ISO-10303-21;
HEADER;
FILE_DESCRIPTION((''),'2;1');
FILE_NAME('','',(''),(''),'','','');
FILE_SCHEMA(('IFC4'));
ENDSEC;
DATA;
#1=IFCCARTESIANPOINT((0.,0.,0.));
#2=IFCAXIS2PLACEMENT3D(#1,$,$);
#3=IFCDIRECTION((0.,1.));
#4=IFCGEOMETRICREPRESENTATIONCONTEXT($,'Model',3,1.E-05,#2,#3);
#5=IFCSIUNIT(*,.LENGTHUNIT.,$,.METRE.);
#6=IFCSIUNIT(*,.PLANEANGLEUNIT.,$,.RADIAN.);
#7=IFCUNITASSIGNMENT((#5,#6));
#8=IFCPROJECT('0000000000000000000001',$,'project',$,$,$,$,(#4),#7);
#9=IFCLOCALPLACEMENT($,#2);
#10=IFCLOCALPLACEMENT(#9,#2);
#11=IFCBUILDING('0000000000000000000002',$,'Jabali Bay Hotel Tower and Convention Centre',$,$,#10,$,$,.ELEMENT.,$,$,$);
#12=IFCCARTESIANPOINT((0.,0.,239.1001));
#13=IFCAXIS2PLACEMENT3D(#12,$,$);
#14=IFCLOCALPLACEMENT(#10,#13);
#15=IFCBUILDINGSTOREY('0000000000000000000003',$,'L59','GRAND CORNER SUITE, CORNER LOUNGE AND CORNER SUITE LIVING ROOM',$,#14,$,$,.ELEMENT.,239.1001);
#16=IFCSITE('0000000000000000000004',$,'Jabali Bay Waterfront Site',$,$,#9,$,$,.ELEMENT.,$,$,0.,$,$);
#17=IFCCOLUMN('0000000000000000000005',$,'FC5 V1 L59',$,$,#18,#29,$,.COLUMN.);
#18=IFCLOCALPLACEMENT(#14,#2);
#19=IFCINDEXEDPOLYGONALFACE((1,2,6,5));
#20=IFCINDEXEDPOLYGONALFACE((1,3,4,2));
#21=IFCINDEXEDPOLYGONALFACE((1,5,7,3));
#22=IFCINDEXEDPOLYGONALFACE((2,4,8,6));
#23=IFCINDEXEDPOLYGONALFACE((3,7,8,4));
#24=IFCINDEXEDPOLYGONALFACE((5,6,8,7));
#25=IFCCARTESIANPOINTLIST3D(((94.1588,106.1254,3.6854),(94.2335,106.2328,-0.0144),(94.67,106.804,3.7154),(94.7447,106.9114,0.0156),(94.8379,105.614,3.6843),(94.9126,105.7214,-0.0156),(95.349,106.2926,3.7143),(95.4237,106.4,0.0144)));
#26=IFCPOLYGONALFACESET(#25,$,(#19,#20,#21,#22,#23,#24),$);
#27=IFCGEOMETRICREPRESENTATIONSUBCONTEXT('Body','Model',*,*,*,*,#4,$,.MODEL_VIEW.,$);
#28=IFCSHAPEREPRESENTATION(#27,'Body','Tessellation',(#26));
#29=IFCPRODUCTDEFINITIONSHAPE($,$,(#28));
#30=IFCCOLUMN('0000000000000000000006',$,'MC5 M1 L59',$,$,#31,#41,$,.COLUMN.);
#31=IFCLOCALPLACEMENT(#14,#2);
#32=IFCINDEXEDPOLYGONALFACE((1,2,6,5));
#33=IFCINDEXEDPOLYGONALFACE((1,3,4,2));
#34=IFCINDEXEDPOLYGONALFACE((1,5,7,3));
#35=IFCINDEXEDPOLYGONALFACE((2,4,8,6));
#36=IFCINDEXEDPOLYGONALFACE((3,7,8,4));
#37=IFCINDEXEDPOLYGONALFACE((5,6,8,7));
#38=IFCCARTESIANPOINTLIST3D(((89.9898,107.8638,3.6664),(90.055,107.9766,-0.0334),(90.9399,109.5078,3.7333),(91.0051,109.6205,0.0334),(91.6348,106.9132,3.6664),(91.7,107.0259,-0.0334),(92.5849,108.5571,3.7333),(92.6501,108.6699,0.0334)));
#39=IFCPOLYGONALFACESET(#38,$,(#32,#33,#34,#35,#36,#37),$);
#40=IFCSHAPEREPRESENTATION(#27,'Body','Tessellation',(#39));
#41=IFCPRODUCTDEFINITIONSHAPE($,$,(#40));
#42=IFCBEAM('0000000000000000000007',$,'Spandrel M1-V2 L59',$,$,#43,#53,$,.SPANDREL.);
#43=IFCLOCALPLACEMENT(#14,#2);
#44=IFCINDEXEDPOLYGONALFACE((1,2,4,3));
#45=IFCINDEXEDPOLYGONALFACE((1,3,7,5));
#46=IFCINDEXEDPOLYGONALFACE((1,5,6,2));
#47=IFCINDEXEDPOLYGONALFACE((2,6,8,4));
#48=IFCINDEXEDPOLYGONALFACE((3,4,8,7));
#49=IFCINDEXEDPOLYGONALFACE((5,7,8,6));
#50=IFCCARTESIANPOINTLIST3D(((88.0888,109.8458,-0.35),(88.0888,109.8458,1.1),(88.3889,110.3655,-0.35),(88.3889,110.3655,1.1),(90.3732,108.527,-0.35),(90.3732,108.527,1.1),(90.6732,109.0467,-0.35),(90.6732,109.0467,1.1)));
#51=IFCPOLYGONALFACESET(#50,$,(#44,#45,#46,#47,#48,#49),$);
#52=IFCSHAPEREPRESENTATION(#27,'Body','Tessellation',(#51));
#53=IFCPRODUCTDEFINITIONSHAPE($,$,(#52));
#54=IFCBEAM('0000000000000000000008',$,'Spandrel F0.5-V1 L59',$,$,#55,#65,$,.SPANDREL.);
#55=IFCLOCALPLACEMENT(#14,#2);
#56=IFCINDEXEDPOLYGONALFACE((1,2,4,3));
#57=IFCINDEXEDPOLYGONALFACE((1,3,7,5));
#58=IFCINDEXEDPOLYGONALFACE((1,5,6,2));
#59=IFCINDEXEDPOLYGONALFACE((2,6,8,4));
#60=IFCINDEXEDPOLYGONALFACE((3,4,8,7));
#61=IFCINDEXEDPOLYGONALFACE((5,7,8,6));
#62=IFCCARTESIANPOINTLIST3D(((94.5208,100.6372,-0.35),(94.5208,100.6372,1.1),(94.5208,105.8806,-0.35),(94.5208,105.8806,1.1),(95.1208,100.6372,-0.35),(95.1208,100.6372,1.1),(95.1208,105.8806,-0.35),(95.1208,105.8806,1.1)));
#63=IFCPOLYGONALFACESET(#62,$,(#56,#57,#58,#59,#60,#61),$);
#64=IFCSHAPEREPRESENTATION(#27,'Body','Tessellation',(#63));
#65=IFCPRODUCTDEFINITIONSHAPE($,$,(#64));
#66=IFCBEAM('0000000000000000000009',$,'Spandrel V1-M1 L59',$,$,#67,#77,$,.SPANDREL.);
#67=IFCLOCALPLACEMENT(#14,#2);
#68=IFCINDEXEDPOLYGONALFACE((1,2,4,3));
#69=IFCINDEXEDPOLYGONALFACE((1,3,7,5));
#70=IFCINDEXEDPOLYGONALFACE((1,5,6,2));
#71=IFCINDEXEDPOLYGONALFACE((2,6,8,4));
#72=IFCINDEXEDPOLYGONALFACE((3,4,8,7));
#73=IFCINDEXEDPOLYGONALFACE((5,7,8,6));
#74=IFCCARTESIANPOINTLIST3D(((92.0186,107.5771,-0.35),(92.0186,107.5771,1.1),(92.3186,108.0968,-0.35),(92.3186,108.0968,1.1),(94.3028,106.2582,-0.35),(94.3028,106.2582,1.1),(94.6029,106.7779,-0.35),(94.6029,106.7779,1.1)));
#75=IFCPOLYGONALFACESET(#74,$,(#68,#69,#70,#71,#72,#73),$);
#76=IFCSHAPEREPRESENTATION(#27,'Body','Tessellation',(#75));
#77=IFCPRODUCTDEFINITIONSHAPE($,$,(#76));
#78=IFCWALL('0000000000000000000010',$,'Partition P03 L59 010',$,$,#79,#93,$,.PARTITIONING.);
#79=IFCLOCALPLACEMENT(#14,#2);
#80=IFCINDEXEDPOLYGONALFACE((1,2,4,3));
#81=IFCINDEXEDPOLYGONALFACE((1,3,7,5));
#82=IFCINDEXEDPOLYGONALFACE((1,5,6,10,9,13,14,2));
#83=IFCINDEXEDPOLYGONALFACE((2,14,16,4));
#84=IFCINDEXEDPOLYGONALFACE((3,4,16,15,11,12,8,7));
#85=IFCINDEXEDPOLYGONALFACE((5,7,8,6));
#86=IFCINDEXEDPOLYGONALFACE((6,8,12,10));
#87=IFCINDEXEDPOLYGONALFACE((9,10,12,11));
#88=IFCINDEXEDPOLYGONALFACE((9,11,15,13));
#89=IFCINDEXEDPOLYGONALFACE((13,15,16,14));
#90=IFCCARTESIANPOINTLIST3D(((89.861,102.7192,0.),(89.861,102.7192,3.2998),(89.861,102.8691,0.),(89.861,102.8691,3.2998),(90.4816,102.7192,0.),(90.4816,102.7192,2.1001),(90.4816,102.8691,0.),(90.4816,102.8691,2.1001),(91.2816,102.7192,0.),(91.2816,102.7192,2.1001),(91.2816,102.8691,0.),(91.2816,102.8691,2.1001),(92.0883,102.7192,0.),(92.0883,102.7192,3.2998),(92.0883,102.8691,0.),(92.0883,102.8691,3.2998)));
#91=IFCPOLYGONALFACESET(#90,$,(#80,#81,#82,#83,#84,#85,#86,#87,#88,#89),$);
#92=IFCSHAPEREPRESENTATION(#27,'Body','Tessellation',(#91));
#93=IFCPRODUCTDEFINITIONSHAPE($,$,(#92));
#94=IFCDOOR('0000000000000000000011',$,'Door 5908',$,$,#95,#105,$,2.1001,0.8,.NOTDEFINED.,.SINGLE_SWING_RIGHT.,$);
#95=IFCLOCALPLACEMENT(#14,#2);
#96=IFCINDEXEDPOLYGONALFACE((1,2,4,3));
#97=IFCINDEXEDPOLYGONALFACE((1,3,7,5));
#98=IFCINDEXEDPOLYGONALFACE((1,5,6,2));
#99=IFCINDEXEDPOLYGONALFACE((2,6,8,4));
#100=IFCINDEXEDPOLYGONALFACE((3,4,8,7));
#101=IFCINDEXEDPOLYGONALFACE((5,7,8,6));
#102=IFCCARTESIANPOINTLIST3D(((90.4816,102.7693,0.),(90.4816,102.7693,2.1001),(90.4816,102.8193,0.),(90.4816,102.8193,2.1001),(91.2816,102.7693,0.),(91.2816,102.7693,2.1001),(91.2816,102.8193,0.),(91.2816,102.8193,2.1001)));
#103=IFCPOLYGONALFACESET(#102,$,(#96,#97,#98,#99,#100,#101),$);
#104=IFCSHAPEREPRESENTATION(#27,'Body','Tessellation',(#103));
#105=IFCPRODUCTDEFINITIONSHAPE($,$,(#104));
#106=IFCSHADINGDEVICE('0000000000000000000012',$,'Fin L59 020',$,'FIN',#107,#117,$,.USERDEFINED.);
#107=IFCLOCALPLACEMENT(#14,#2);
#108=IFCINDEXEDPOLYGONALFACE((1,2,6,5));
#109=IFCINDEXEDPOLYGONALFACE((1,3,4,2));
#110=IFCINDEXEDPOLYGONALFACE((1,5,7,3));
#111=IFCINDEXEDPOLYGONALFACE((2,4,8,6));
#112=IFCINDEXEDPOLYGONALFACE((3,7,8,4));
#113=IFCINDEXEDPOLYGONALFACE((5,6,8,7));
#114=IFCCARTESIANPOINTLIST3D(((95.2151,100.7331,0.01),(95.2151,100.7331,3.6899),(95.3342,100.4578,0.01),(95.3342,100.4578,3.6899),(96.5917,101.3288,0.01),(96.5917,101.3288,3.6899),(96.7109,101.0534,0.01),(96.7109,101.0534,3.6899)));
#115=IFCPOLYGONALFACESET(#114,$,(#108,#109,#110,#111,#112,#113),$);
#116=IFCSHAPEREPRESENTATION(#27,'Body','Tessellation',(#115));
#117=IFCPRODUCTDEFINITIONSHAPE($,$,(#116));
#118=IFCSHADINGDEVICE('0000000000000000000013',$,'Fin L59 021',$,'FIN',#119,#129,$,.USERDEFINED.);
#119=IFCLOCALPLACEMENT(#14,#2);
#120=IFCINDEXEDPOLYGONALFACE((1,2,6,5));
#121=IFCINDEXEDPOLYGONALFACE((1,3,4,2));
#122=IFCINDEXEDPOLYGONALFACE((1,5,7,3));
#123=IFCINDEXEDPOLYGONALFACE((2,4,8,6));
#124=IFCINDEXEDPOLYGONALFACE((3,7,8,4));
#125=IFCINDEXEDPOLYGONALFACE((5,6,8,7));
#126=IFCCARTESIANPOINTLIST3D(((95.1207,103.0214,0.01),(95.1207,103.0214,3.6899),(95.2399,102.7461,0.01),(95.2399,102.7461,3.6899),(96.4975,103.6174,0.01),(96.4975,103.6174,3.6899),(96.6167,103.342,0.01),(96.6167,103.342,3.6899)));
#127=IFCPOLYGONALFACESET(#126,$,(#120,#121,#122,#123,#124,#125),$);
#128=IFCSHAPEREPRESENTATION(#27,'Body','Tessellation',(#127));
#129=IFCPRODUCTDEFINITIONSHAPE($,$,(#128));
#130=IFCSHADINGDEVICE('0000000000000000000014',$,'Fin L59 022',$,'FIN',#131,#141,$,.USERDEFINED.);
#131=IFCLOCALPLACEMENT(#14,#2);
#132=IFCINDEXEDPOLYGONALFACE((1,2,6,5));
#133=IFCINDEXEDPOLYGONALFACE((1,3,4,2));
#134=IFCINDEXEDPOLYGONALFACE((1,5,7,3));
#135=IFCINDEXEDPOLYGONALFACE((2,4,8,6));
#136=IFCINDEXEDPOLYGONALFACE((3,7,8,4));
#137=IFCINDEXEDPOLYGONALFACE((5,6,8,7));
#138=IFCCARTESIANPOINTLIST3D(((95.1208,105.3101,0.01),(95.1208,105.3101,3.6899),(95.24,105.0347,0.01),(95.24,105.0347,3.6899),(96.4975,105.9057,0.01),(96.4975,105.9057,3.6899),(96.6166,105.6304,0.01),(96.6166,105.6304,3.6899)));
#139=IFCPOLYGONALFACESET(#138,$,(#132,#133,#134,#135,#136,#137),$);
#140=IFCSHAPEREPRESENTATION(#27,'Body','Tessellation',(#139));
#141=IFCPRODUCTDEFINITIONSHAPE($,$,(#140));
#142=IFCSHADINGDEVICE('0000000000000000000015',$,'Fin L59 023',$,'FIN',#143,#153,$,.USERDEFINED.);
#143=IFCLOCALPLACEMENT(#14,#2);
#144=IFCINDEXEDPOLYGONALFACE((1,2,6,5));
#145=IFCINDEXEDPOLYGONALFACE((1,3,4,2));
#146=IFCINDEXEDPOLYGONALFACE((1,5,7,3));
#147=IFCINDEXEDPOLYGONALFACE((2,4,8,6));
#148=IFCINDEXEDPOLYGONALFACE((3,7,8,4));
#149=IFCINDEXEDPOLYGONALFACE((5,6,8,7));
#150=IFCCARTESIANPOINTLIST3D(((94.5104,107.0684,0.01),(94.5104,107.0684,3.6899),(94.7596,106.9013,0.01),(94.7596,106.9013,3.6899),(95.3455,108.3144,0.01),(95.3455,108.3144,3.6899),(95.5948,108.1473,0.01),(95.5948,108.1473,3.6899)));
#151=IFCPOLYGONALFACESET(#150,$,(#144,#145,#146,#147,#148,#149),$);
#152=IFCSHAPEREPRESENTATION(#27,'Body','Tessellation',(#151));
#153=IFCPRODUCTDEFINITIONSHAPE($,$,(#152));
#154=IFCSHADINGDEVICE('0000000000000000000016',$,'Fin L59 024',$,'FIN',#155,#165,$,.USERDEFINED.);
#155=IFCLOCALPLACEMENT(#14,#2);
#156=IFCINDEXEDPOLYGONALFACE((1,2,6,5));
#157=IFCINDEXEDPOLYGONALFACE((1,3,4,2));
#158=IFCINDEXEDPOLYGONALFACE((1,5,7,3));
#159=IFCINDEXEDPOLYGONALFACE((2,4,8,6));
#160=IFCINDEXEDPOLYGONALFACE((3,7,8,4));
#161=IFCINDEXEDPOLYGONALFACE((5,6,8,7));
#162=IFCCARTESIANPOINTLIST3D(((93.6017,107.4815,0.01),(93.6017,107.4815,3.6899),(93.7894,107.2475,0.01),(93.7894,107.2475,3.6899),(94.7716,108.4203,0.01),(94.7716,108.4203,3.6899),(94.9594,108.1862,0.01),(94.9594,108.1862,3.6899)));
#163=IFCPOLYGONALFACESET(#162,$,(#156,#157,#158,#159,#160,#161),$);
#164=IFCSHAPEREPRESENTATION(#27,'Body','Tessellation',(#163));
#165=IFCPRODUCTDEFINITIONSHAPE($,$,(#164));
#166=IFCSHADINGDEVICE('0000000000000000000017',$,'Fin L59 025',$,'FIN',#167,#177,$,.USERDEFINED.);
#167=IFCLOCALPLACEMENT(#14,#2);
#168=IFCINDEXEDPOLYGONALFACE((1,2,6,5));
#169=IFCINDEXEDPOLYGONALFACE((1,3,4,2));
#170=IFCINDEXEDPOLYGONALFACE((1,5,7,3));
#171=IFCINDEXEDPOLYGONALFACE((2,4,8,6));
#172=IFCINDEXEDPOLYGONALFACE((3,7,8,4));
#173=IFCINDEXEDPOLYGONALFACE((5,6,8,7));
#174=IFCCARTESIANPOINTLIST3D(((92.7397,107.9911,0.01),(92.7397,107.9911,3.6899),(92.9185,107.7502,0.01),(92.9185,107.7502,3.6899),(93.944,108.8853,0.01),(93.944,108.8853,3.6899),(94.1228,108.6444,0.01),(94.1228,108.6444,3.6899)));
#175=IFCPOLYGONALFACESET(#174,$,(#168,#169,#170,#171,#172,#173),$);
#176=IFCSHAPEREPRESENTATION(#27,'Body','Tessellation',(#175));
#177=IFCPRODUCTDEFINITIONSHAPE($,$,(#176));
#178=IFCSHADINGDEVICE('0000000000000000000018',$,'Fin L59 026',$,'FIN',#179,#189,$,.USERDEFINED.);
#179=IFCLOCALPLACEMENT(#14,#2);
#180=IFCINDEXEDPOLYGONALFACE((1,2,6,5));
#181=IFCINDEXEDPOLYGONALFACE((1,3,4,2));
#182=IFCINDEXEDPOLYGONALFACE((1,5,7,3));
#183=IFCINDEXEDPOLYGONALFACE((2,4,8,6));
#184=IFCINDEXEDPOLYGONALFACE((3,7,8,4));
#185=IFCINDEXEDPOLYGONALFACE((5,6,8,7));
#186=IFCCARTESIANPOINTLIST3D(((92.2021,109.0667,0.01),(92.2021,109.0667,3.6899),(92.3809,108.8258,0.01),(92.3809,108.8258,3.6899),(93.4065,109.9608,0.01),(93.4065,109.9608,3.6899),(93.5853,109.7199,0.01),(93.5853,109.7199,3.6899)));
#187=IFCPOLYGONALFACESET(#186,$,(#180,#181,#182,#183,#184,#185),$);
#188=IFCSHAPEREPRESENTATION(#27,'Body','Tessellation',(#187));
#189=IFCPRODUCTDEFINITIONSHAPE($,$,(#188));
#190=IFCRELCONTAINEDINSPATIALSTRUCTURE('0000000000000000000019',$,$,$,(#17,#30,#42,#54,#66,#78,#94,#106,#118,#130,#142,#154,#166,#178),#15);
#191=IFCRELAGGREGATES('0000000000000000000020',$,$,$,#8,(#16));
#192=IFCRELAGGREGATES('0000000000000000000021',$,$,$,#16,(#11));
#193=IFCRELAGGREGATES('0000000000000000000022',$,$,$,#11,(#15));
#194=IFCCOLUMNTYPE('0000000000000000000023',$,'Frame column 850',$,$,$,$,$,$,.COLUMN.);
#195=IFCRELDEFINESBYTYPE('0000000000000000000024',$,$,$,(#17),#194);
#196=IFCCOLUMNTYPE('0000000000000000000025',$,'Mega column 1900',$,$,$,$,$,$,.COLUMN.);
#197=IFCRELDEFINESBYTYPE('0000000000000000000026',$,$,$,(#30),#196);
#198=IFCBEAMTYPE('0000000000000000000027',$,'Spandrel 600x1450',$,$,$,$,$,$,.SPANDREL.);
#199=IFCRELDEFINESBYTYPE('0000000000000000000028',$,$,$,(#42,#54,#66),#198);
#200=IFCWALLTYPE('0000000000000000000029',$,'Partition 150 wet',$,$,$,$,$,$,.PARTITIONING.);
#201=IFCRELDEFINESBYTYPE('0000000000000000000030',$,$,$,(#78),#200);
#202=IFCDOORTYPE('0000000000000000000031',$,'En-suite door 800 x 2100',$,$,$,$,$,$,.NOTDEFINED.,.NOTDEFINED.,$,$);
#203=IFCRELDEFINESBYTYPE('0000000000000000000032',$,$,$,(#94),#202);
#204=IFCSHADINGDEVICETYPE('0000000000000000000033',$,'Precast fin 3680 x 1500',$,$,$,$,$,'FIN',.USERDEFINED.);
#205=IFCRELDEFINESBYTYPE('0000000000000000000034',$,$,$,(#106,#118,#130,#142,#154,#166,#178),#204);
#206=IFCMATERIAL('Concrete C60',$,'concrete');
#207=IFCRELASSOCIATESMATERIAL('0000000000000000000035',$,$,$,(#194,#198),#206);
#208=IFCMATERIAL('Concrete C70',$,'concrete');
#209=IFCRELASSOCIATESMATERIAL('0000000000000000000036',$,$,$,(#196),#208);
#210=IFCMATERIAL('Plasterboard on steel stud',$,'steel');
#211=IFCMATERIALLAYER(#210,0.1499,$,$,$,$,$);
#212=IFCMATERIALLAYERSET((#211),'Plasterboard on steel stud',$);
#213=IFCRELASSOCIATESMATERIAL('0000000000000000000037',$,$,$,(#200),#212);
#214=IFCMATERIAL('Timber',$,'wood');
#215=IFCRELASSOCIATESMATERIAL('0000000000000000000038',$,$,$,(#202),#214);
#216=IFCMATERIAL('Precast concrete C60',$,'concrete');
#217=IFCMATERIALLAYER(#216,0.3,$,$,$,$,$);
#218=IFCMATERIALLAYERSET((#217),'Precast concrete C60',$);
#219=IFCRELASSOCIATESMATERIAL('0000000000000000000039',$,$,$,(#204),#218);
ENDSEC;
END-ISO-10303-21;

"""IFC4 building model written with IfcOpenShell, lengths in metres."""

from ifc_helpers import new_model, si_unit, direction, frame, frame_2d, origin, origin_2d, place, context, subcontext, project, spatial, rectangle, extrude, material, layer, layer_set, material_profile, profile_set, type_object, element, fill, save


model = new_model("IFC4")

# Units and contexts
model_context = context("Model", 3, precision=1e-05, world=origin(), true_north=direction((0.0, 1.0)))
body_context = subcontext(model_context, "Body", "Model", "MODEL_VIEW")
ifc_project = project(units=[si_unit("LENGTHUNIT", "METRE"), si_unit("PLANEANGLEUNIT", "RADIAN")], contexts=[model_context])

# Site, building, storey
site_placement = place(None, origin())
site = spatial("IfcSite", under=ifc_project, at=site_placement, Name="Jabali Bay Waterfront Site", CompositionType="ELEMENT", RefElevation=0.0)
building_placement = place(site_placement, origin())
building = spatial("IfcBuilding", under=site, at=building_placement, Name="Jabali Bay Hotel Tower and Convention Centre", CompositionType="ELEMENT")
storey_placement = place(building_placement, frame((0.0, 0.0, 239.1001)))
storey = spatial("IfcBuildingStorey", under=building, at=storey_placement, Name="L59", Description="GRAND CORNER SUITE, CORNER LOUNGE AND CORNER SUITE LIVING ROOM", CompositionType="ELEMENT", Elevation=239.1001)

# Columns
ifc_material_1 = material(Name="Concrete C60", Category="concrete")
ifc_material_profile_1 = material_profile(ifc_material_1, rectangle(XDim=0.8501, YDim=0.8501, at=origin_2d()), Name="Frame column 850")
ifc_profile_set_1 = profile_set([ifc_material_profile_1], Name="Concrete C60")
column_type_1 = type_object("IfcColumnType", Name="Frame column 850", PredefinedType="COLUMN", material=ifc_profile_set_1)
column_1_placement = place(storey_placement, frame((94.8286, 106.3164, 0.0), z_axis=(-0.020179, -0.029015, 0.999375), x_axis=(0.601286, 0.798253, 0.035317)))
element("IfcColumn", 1, at=column_1_placement, inside=storey, type_object=column_type_1, Name="FC5 V1 L59", PredefinedType="COLUMN", context=body_context, shape_type="SweptSolid", body=[
    extrude(rectangle(XDim=0.8501, YDim=0.8501, at=origin_2d()), origin(), (0.0, 0.0, 1.0), 3.7021),
])
ifc_material_2 = material(Name="Concrete C70", Category="concrete")
ifc_material_profile_2 = material_profile(ifc_material_2, rectangle(XDim=1.8999, YDim=1.8999, at=origin_2d()), Name="Mega column 1900")
ifc_profile_set_2 = profile_set([ifc_material_profile_2], Name="Concrete C70")
column_type_2 = type_object("IfcColumnType", Name="Mega column 1900", PredefinedType="COLUMN", material=ifc_profile_set_2)
column_2_placement = place(storey_placement, frame((91.3525, 108.3232, 0.0), z_axis=(-0.017607, -0.030466, 0.999381), x_axis=(0.500065, 0.865273, 0.035188)))
element("IfcColumn", 2, at=column_2_placement, inside=storey, type_object=column_type_2, Name="MC5 M1 L59", PredefinedType="COLUMN", context=body_context, shape_type="SweptSolid", body=[
    extrude(rectangle(XDim=1.8999, YDim=1.8999, at=origin_2d()), origin(), (0.0, 0.0, 1.0), 3.7021),
])

# Beams
ifc_material_profile_3 = material_profile(ifc_material_1, rectangle(XDim=0.6001, YDim=1.45, at=origin_2d()), Name="Spandrel 600x1450")
ifc_profile_set_3 = profile_set([ifc_material_profile_3], Name="Concrete C60")
beam_type = type_object("IfcBeamType", Name="Spandrel 600x1450", PredefinedType="SPANDREL", material=ifc_profile_set_3)
beam_1_placement = place(storey_placement, frame((90.5232, 108.7869, 0.375), z_axis=(-0.866036, 0.499982, 0.0), x_axis=(-0.499982, -0.866036, 0.0)))
element("IfcBeam", 3, at=beam_1_placement, inside=storey, type_object=beam_type, Name="Spandrel M1-V2 L59", PredefinedType="SPANDREL", context=body_context, shape_type="SweptSolid", body=[
    extrude(rectangle(XDim=0.6001, YDim=1.45, at=origin_2d()), origin(), (0.0, 0.0, 1.0), 2.6377),
])
beam_2_placement = place(storey_placement, frame((94.8208, 100.6372, 0.375), z_axis=(0.0, 1.0, 0.0), x_axis=(-1.0, 0.0, 0.0)))
element("IfcBeam", 4, at=beam_2_placement, inside=storey, type_object=beam_type, Name="Spandrel F0.5-V1 L59", PredefinedType="SPANDREL", context=body_context, shape_type="SweptSolid", body=[
    extrude(rectangle(XDim=0.6001, YDim=1.45, at=origin_2d()), origin(), (0.0, 0.0, 1.0), 5.2434),
])
beam_3_placement = place(storey_placement, frame((94.4529, 106.5181, 0.375), z_axis=(-0.866013, 0.500022, 0.0), x_axis=(-0.500022, -0.866013, 0.0)))
element("IfcBeam", 5, at=beam_3_placement, inside=storey, type_object=beam_type, Name="Spandrel V1-M1 L59", PredefinedType="SPANDREL", context=body_context, shape_type="SweptSolid", body=[
    extrude(rectangle(XDim=0.6001, YDim=1.45, at=origin_2d()), origin(), (0.0, 0.0, 1.0), 2.6377),
])

# Wall, opening, door
ifc_material_3 = material(Name="Plasterboard on steel stud", Category="steel")
ifc_layer_1 = layer(ifc_material_3, 0.1499)
ifc_layer_set_1 = layer_set([ifc_layer_1], Name="Plasterboard on steel stud")
wall_type_1 = type_object("IfcWallType", Name="Partition 150 wet", PredefinedType="PARTITIONING", material=ifc_layer_set_1)
wall_1_placement = place(storey_placement, frame((92.0884, 102.7942, 0.0), z_axis=(0.0, 0.0, 1.0), x_axis=(-1.0, 0.0, 0.0)))
wall_1 = element("IfcWall", 6, at=wall_1_placement, inside=storey, type_object=wall_type_1, Name="Partition P03 L59 010", PredefinedType="PARTITIONING", context=body_context, shape_type="SweptSolid", body=[
    extrude(rectangle(XDim=2.2273, YDim=0.1499, at=frame_2d((1.1138, 0.0))), origin(), (0.0, 0.0, 1.0), 3.2998),
])
opening_1_placement = place(wall_1_placement, frame((0.8069, 0.0, 0.0)))
opening_1 = element("IfcOpeningElement", 7, at=opening_1_placement, cuts=wall_1, PredefinedType="OPENING", context=body_context, shape_type="SweptSolid", body=[
    extrude(rectangle(XDim=0.8, YDim=2.1001, at=frame_2d((0.3999, 1.05))), frame((0.0, 0.0854, 0.0), z_axis=(0.0, -1.0, 0.0), x_axis=(1.0, 0.0, 0.0)), (0.0, 0.0, 1.0), 0.1709),
])
ifc_material_4 = material(Name="Timber", Category="wood")
door_type_1 = type_object("IfcDoorType", Name="En-suite door 800 x 2100", OperationType="NOTDEFINED", PredefinedType="NOTDEFINED", material=ifc_material_4)
door_1_placement = place(opening_1_placement, origin())
door_1 = element("IfcDoor", 8, at=door_1_placement, inside=storey, type_object=door_type_1, Name="Door 5908", OperationType="SINGLE_SWING_RIGHT", OverallHeight=2.1001, OverallWidth=0.8, PredefinedType="NOTDEFINED", context=body_context, shape_type="SweptSolid", body=[
    extrude(rectangle(XDim=0.8, YDim=2.1001, at=frame_2d((0.3999, 1.05))), frame((0.0, 0.0249, 0.0), z_axis=(0.0, -1.0, 0.0), x_axis=(1.0, 0.0, 0.0)), (0.0, 0.0, 1.0), 0.05),
])
fill(opening_1, door_1)

# Shading devices
ifc_material_5 = material(Name="Precast concrete C60", Category="concrete")
ifc_layer_2 = layer(ifc_material_5, 0.3)
ifc_layer_set_2 = layer_set([ifc_layer_2], Name="Precast concrete C60")
shading_device_type = type_object("IfcShadingDeviceType", Name="Precast fin 3680 x 1500", ElementType="FIN", PredefinedType="USERDEFINED", material=ifc_layer_set_2)
shading_device_1_placement = place(storey_placement, frame((95.2747, 100.5955, 0.01), z_axis=(0.0, 0.0, 1.0), x_axis=(0.917767, 0.397119, 0.0)))
element("IfcShadingDevice", 9, at=shading_device_1_placement, inside=storey, type_object=shading_device_type, Name="Fin L59 020", ObjectType="FIN", PredefinedType="USERDEFINED", context=body_context, shape_type="SweptSolid", body=[
    extrude(rectangle(XDim=1.5, YDim=0.3, at=frame_2d((0.75, 0.0))), origin(), (0.0, 0.0, 1.0), 3.6799),
])
shading_device_2_placement = place(storey_placement, frame((95.1804, 102.8838, 0.01), z_axis=(0.0, 0.0, 1.0), x_axis=(0.917708, 0.397256, 0.0)))
element("IfcShadingDevice", 10, at=shading_device_2_placement, inside=storey, type_object=shading_device_type, Name="Fin L59 021", ObjectType="FIN", PredefinedType="USERDEFINED", context=body_context, shape_type="SweptSolid", body=[
    extrude(rectangle(XDim=1.5002, YDim=0.3, at=frame_2d((0.75, 0.0))), origin(), (0.0, 0.0, 1.0), 3.6799),
])
for number, where, z_axis, x_axis, name in (
    (11, (95.1804, 105.1724, 0.01), (0.0, 0.0, 1.0), (0.917767, 0.397119, 0.0), "Fin L59 022"),
    (12, (94.635, 106.9849, 0.01), (0.0, 0.0, 1.0), (0.556764, 0.830671, 0.0), "Fin L59 023"),
    (13, (93.6956, 107.3645, 0.01), (0.0, 0.0, 1.0), (0.779963, 0.625826, 0.0), "Fin L59 024"),
    (14, (92.8291, 107.8706, 0.01), (0.0, 0.0, 1.0), (0.802862, 0.596165, 0.0), "Fin L59 025"),
    (15, (92.2915, 108.9463, 0.01), (0.0, 0.0, 1.0), (0.80294, 0.59606, 0.0), "Fin L59 026"),
):
    element("IfcShadingDevice", number, at=place(storey_placement, frame(where, z_axis=z_axis, x_axis=x_axis)), inside=storey, type_object=shading_device_type, Name=name, ObjectType="FIN", PredefinedType="USERDEFINED", context=body_context, shape_type="SweptSolid", body=[
        extrude(rectangle(XDim=1.5, YDim=0.3, at=frame_2d((0.75, 0.0))), origin(), (0.0, 0.0, 1.0), 3.6799),
    ])

save(model, "model.ifc")
